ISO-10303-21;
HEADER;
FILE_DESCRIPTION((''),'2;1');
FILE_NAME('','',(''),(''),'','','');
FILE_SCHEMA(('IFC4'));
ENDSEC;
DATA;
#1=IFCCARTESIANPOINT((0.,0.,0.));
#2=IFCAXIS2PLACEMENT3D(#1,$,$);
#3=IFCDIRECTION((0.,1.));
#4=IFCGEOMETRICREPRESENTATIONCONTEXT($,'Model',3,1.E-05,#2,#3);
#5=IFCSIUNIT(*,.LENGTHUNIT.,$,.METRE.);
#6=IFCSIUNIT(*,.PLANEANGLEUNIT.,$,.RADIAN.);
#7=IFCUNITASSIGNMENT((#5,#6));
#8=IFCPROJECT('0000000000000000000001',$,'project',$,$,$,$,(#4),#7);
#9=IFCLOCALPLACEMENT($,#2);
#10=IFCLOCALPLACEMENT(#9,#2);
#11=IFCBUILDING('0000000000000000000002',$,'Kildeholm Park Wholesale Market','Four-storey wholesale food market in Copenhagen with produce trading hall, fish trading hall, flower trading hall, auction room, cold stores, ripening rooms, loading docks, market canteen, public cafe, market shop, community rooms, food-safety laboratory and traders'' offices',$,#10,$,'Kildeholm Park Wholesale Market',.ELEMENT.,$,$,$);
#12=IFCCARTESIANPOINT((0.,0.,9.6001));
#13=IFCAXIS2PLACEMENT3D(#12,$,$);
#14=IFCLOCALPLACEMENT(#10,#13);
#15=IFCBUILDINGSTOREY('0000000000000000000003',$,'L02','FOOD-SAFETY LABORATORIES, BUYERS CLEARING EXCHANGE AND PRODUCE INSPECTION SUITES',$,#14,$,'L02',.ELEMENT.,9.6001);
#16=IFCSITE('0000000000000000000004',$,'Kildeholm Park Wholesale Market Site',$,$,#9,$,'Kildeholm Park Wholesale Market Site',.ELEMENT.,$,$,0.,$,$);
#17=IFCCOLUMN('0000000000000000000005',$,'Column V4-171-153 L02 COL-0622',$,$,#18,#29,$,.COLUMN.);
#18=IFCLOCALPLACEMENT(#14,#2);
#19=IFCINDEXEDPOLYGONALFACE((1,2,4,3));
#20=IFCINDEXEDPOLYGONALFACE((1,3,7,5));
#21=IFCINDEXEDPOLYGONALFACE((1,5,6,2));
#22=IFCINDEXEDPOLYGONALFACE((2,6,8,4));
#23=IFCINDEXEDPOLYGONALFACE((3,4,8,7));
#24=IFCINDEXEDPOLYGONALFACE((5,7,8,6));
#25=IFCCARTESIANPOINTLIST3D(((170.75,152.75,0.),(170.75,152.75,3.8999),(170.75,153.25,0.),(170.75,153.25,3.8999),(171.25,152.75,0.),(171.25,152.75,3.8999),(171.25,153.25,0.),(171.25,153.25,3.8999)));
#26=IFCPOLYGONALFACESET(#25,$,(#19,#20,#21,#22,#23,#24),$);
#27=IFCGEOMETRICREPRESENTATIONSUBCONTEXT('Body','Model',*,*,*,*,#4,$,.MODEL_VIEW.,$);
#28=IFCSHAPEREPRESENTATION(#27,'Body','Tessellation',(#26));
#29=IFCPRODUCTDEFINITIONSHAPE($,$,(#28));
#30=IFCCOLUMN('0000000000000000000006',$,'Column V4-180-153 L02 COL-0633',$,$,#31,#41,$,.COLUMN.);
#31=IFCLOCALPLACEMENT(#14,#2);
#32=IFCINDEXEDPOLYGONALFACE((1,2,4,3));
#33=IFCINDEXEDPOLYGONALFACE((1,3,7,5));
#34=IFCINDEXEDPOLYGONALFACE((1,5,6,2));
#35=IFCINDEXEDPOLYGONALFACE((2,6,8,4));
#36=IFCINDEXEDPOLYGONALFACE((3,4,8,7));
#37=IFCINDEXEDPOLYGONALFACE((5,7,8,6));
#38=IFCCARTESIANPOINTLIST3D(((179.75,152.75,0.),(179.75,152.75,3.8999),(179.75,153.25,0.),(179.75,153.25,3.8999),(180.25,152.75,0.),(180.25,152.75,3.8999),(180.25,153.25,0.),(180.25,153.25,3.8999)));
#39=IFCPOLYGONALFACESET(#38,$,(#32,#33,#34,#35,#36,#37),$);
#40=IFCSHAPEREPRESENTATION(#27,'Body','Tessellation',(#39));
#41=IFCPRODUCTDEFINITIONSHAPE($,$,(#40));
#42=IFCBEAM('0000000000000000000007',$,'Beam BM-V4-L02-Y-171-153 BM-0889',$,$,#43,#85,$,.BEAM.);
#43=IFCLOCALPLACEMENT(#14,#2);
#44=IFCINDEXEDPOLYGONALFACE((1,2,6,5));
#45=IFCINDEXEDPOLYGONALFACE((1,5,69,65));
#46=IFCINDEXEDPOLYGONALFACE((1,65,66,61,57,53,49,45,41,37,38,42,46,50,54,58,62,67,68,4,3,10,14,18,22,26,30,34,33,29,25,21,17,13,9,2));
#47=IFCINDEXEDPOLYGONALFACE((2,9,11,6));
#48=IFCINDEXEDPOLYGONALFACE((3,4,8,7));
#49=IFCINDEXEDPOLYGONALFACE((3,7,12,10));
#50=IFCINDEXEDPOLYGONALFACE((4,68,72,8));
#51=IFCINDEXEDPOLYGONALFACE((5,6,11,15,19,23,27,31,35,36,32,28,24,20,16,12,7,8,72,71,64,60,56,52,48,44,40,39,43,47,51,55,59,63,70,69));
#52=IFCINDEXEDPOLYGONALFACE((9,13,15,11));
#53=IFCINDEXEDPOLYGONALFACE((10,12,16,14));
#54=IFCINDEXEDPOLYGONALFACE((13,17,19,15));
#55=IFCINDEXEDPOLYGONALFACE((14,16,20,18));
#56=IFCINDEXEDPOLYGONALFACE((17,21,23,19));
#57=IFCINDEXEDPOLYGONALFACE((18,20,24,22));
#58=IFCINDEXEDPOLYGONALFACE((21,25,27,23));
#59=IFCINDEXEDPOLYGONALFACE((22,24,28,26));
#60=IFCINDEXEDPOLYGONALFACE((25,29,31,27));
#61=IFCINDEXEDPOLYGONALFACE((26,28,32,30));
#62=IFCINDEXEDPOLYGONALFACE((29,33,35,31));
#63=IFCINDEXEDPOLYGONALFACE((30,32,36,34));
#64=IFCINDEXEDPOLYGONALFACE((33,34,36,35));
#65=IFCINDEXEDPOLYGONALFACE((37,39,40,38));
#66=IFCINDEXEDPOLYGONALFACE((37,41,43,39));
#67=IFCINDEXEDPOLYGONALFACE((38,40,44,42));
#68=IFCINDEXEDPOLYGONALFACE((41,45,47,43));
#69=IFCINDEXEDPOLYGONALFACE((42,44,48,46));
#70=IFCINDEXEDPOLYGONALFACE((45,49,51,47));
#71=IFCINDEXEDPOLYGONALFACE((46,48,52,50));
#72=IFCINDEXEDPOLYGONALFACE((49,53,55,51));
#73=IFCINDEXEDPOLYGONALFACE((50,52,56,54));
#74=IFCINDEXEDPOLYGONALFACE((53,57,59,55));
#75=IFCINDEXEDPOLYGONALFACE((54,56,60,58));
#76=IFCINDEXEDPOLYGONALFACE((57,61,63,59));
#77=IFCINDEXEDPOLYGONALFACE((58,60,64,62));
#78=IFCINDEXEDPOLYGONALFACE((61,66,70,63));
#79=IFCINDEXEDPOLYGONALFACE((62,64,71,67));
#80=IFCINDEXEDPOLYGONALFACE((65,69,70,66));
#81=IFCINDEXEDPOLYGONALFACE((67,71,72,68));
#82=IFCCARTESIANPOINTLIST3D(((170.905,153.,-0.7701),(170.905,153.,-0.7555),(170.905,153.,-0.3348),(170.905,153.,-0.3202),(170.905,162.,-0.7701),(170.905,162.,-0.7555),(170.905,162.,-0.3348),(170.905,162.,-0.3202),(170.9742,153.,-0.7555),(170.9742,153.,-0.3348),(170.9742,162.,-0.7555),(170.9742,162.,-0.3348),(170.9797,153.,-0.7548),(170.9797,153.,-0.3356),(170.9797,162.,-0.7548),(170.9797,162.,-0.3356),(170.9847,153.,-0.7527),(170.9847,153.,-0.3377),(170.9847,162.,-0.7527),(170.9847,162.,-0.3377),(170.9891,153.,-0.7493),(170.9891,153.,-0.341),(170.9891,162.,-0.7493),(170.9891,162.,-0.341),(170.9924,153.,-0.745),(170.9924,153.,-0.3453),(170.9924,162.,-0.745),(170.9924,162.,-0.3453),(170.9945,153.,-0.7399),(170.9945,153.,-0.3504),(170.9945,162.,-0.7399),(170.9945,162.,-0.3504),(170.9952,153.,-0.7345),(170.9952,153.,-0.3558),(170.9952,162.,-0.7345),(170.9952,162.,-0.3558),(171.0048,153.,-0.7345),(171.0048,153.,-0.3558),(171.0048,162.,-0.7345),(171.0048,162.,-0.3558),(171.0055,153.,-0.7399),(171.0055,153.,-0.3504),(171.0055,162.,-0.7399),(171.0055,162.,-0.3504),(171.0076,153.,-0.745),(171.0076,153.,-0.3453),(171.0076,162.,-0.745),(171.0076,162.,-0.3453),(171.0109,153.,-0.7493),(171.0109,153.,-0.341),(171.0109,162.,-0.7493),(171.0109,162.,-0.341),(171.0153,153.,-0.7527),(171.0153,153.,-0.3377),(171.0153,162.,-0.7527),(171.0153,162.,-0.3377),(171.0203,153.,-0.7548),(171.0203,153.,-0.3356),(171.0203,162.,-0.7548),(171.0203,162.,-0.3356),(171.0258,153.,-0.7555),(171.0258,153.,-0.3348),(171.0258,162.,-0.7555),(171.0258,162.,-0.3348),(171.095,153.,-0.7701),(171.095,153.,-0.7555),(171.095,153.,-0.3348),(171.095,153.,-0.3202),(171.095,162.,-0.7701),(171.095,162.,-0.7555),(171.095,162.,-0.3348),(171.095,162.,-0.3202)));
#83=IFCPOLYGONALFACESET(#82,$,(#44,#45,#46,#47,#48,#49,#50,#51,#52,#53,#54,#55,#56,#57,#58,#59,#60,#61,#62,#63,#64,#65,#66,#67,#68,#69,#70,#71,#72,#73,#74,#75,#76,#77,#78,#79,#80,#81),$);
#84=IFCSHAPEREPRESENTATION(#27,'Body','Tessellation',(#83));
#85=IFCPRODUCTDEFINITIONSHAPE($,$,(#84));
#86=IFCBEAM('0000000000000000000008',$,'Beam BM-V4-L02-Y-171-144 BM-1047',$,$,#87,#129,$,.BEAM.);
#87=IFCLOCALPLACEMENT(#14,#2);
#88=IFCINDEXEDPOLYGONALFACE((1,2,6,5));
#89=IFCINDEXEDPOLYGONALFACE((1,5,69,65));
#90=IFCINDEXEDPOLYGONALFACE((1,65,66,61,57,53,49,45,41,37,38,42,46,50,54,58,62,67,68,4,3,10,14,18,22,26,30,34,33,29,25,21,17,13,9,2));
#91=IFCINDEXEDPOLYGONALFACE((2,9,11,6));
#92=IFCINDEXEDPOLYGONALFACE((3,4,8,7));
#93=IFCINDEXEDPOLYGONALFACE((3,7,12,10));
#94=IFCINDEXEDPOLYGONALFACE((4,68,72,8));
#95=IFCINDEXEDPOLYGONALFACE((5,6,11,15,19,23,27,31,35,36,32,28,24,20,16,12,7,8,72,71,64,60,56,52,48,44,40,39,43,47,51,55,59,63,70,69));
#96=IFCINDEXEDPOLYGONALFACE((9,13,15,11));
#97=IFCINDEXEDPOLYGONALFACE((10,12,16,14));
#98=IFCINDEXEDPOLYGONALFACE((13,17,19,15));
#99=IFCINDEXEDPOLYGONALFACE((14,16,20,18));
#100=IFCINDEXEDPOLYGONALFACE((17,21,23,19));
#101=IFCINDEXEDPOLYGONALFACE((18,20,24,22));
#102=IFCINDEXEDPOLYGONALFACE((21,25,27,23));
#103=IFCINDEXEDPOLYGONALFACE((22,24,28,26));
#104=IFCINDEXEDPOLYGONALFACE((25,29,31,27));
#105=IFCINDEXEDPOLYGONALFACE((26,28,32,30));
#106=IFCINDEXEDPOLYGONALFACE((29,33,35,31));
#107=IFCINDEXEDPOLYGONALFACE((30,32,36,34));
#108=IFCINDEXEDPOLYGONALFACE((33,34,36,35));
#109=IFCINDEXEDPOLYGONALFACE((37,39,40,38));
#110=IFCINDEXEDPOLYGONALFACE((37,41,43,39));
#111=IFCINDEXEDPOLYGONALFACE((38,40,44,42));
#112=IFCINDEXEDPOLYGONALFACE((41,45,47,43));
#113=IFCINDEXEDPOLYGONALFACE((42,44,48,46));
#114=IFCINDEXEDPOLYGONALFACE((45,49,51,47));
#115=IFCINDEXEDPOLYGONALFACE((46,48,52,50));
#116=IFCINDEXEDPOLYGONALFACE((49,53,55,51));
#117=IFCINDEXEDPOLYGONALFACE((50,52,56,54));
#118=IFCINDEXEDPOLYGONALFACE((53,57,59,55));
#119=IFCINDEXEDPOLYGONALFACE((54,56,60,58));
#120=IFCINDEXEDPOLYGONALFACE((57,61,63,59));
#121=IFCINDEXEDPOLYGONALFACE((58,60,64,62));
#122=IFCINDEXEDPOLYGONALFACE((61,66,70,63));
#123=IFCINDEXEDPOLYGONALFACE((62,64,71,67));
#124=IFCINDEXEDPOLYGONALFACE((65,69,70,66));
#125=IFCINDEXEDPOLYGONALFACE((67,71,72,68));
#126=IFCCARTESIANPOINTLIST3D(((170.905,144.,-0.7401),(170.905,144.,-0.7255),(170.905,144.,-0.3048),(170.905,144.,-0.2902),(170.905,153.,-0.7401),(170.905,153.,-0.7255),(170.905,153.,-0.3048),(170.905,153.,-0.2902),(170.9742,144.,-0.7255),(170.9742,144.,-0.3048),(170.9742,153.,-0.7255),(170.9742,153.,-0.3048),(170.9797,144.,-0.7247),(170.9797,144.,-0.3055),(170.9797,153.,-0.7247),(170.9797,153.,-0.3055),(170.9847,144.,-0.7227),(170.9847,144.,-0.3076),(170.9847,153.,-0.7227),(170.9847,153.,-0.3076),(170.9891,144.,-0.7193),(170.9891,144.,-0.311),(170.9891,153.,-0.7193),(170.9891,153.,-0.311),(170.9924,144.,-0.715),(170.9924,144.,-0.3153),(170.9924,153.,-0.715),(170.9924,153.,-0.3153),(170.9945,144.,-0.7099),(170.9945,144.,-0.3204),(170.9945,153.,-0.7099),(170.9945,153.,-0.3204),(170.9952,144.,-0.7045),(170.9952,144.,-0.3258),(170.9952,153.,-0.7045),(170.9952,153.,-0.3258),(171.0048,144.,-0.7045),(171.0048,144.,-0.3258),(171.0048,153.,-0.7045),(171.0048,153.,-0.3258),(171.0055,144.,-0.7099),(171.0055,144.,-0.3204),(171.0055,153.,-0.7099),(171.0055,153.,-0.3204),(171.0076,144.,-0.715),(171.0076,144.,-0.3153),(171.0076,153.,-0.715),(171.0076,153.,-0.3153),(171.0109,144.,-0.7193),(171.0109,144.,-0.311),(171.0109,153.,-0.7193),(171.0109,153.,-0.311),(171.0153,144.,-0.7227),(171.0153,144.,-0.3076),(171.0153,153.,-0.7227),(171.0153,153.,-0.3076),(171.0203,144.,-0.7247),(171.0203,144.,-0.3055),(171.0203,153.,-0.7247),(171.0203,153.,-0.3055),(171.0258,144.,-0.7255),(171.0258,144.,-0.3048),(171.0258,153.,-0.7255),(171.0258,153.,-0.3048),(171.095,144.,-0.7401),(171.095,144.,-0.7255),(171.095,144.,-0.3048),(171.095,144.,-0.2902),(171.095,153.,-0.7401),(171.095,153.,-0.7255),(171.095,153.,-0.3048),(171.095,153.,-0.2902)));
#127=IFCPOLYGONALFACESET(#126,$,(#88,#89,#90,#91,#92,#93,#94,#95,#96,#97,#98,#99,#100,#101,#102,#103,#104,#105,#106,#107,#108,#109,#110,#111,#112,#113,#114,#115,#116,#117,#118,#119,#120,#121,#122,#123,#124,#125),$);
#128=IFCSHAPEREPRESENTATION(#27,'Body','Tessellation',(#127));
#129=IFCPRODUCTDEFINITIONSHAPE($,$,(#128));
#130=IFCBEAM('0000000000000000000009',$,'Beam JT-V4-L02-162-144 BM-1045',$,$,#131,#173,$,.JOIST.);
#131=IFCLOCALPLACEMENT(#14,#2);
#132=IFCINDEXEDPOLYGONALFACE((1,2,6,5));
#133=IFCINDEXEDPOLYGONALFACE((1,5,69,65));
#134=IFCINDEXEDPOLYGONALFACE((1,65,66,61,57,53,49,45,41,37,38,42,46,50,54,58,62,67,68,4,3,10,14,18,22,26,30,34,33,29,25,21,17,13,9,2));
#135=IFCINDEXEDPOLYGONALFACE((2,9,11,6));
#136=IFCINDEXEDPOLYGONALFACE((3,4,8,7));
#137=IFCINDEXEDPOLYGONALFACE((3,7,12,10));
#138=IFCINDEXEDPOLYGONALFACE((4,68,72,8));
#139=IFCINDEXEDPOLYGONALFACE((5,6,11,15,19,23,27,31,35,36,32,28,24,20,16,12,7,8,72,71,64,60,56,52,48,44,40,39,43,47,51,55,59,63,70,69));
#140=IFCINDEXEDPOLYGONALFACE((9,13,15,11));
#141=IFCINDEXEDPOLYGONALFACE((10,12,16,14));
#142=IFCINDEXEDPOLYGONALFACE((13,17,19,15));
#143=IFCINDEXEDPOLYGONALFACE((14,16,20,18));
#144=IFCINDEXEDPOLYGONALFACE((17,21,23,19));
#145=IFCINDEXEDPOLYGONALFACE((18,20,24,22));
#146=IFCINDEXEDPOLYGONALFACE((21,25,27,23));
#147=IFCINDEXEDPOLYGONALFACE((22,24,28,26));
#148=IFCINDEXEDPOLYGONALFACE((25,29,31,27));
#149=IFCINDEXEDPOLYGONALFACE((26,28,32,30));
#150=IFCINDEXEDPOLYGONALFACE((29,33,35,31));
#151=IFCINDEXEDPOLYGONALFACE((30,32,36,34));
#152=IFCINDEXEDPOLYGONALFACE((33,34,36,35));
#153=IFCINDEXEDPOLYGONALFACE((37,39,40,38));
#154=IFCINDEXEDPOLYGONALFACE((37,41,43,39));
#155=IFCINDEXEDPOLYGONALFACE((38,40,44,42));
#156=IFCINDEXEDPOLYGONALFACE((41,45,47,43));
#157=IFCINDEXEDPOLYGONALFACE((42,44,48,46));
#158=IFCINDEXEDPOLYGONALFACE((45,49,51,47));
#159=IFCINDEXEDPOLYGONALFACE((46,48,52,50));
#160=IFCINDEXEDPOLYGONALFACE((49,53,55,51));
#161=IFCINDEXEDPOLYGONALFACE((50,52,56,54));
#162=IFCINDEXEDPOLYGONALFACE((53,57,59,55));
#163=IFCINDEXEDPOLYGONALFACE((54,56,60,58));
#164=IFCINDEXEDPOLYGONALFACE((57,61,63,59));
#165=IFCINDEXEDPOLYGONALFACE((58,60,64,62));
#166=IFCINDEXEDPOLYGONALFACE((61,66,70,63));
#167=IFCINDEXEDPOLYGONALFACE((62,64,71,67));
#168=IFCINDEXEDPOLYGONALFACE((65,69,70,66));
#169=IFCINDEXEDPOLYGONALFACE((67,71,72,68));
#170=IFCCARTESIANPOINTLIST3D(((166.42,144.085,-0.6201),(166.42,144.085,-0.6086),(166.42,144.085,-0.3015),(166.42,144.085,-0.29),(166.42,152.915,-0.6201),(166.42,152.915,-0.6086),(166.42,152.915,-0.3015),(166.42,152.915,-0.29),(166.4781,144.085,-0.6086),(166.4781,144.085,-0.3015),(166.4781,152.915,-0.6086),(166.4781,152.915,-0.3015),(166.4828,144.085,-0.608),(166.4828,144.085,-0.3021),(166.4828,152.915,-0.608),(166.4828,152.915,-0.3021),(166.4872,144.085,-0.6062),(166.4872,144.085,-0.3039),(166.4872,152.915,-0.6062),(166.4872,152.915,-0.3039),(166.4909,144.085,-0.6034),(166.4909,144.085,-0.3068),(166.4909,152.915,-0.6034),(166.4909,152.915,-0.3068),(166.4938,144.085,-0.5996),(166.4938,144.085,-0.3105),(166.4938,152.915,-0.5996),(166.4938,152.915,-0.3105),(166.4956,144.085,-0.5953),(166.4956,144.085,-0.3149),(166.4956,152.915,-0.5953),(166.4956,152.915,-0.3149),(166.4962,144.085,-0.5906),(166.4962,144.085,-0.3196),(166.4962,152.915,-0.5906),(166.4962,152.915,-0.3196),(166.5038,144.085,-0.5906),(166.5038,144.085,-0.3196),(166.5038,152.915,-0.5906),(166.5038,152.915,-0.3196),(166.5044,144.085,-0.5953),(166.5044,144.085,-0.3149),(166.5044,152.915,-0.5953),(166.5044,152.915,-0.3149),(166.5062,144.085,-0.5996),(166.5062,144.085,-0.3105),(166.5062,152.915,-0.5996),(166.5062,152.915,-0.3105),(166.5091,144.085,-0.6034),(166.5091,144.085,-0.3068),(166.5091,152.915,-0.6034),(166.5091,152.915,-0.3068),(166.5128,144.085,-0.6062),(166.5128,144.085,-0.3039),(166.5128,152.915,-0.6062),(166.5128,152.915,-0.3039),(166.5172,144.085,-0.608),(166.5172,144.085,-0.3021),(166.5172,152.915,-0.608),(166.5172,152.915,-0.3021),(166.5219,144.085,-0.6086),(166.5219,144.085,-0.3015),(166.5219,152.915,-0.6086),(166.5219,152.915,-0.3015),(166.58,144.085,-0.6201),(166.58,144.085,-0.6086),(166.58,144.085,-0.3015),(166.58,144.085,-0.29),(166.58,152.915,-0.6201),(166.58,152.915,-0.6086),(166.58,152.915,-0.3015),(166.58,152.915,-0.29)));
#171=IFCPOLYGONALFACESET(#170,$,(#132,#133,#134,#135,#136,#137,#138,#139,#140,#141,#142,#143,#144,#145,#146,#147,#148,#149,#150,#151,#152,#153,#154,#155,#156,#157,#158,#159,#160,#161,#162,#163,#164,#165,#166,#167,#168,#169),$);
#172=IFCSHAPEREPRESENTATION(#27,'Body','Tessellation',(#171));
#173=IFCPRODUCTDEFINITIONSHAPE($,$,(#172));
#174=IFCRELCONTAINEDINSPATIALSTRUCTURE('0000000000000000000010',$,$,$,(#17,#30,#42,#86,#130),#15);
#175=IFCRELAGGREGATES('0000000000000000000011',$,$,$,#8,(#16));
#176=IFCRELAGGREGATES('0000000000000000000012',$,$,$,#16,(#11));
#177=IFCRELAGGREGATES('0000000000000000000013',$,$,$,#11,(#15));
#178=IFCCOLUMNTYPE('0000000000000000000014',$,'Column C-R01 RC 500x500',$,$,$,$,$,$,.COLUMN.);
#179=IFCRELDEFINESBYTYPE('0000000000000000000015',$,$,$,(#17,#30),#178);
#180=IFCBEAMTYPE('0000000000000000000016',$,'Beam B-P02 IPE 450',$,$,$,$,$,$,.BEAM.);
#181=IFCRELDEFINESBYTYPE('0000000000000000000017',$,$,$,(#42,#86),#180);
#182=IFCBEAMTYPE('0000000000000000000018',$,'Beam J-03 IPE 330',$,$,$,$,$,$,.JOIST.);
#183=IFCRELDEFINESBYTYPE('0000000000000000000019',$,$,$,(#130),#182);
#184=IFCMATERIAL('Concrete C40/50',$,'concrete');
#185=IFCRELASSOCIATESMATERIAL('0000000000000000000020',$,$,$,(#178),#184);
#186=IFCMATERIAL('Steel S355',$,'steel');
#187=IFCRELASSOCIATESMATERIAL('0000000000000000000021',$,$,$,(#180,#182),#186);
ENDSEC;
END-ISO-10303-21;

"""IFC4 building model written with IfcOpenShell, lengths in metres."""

from ifc_helpers import new_model, si_unit, direction, frame, origin, origin_2d, place, context, subcontext, project, spatial, rectangle, i_section, extrude, material, material_profile, profile_set, type_object, element, save


model = new_model("IFC4")

# Units and contexts
model_context = context("Model", 3, precision=1e-05, world=origin(), true_north=direction((0.0, 1.0)))
body_context = subcontext(model_context, "Body", "Model", "MODEL_VIEW")
ifc_project = project(units=[si_unit("LENGTHUNIT", "METRE"), si_unit("PLANEANGLEUNIT", "RADIAN")], contexts=[model_context])

# Site, building, storey
site_placement = place(None, origin())
site = spatial("IfcSite", under=ifc_project, at=site_placement, Name="Kildeholm Park Wholesale Market Site", LongName="Kildeholm Park Wholesale Market Site", CompositionType="ELEMENT", RefElevation=0.0)
building_placement = place(site_placement, origin())
building = spatial("IfcBuilding", under=site, at=building_placement, Name="Kildeholm Park Wholesale Market", Description="Four-storey wholesale food market in Copenhagen with produce trading hall, fish trading hall, flower trading hall, auction room, cold stores, ripening rooms, loading docks, market canteen, public cafe, market shop, community rooms, food-safety laboratory and traders' offices", LongName="Kildeholm Park Wholesale Market", CompositionType="ELEMENT")
storey_placement = place(building_placement, frame((0.0, 0.0, 9.6001)))
storey = spatial("IfcBuildingStorey", under=building, at=storey_placement, Name="L02", Description="FOOD-SAFETY LABORATORIES, BUYERS CLEARING EXCHANGE AND PRODUCE INSPECTION SUITES", LongName="L02", CompositionType="ELEMENT", Elevation=9.6001)

# Columns
ifc_material_1 = material(Name="Concrete C40/50", Category="concrete")
ifc_material_profile_1 = material_profile(ifc_material_1, rectangle(XDim=0.5, YDim=0.5, at=origin_2d()), Name="RC 500x500")
ifc_profile_set_1 = profile_set([ifc_material_profile_1], Name="Concrete C40/50")
column_type = type_object("IfcColumnType", Name="Column C-R01 RC 500x500", PredefinedType="COLUMN", material=ifc_profile_set_1)
for number, where, z_axis, x_axis, name in (
    (1, (171.0, 153.0, 0.0), (0.0, 0.0, 1.0), (1.0, 0.0, 0.0), "Column V4-171-153 L02 COL-0622"),
    (2, (180.0, 153.0, 0.0), (0.0, 0.0, 1.0), (1.0, 0.0, 0.0), "Column V4-180-153 L02 COL-0633"),
):
    element("IfcColumn", number, at=place(storey_placement, frame(where, z_axis=z_axis, x_axis=x_axis)), inside=storey, type_object=column_type, Name=name, PredefinedType="COLUMN", context=body_context, shape_type="SweptSolid", body=[
        extrude(rectangle(XDim=0.5, YDim=0.5, at=origin_2d()), origin(), (0.0, 0.0, 1.0), 3.8999),
    ])

# Beams
ifc_material_2 = material(Name="Steel S355", Category="steel")
ifc_material_profile_2 = material_profile(ifc_material_2, i_section(OverallWidth=0.1899, OverallDepth=0.45, WebThickness=0.0095, FlangeThickness=0.0146, FilletRadius=0.021, at=origin_2d()), Name="IPE 450")
ifc_profile_set_2 = profile_set([ifc_material_profile_2], Name="Steel S355")
beam_type_1 = type_object("IfcBeamType", Name="Beam B-P02 IPE 450", PredefinedType="BEAM", material=ifc_profile_set_2)
for number, where, z_axis, x_axis, name in (
    (3, (171.0, 153.0, -0.5452), (0.0, 1.0, 0.0), (-1.0, 0.0, 0.0), "Beam BM-V4-L02-Y-171-153 BM-0889"),
    (4, (171.0, 144.0, -0.5151), (0.0, 1.0, 0.0), (-1.0, 0.0, 0.0), "Beam BM-V4-L02-Y-171-144 BM-1047"),
):
    element("IfcBeam", number, at=place(storey_placement, frame(where, z_axis=z_axis, x_axis=x_axis)), inside=storey, type_object=beam_type_1, Name=name, PredefinedType="BEAM", context=body_context, shape_type="SweptSolid", body=[
        extrude(i_section(OverallWidth=0.1899, OverallDepth=0.45, WebThickness=0.0095, FlangeThickness=0.0146, FilletRadius=0.021, at=origin_2d()), origin(), (0.0, 0.0, 1.0), 9.0),
    ])
ifc_material_profile_3 = material_profile(ifc_material_2, i_section(OverallWidth=0.1599, OverallDepth=0.3301, WebThickness=0.0076, FlangeThickness=0.0115, FilletRadius=0.0181, at=origin_2d()), Name="IPE 330")
ifc_profile_set_3 = profile_set([ifc_material_profile_3], Name="Steel S355")
beam_type_2 = type_object("IfcBeamType", Name="Beam J-03 IPE 330", PredefinedType="JOIST", material=ifc_profile_set_3)
beam_placement = place(storey_placement, frame((166.5, 144.085, -0.4551), z_axis=(0.0, 1.0, 0.0), x_axis=(-1.0, 0.0, 0.0)))
element("IfcBeam", 5, at=beam_placement, inside=storey, type_object=beam_type_2, Name="Beam JT-V4-L02-162-144 BM-1045", PredefinedType="JOIST", context=body_context, shape_type="SweptSolid", body=[
    extrude(i_section(OverallWidth=0.1599, OverallDepth=0.3301, WebThickness=0.0076, FlangeThickness=0.0115, FilletRadius=0.0181, at=origin_2d()), origin(), (0.0, 0.0, 1.0), 8.8301),
])

save(model, "model.ifc")
